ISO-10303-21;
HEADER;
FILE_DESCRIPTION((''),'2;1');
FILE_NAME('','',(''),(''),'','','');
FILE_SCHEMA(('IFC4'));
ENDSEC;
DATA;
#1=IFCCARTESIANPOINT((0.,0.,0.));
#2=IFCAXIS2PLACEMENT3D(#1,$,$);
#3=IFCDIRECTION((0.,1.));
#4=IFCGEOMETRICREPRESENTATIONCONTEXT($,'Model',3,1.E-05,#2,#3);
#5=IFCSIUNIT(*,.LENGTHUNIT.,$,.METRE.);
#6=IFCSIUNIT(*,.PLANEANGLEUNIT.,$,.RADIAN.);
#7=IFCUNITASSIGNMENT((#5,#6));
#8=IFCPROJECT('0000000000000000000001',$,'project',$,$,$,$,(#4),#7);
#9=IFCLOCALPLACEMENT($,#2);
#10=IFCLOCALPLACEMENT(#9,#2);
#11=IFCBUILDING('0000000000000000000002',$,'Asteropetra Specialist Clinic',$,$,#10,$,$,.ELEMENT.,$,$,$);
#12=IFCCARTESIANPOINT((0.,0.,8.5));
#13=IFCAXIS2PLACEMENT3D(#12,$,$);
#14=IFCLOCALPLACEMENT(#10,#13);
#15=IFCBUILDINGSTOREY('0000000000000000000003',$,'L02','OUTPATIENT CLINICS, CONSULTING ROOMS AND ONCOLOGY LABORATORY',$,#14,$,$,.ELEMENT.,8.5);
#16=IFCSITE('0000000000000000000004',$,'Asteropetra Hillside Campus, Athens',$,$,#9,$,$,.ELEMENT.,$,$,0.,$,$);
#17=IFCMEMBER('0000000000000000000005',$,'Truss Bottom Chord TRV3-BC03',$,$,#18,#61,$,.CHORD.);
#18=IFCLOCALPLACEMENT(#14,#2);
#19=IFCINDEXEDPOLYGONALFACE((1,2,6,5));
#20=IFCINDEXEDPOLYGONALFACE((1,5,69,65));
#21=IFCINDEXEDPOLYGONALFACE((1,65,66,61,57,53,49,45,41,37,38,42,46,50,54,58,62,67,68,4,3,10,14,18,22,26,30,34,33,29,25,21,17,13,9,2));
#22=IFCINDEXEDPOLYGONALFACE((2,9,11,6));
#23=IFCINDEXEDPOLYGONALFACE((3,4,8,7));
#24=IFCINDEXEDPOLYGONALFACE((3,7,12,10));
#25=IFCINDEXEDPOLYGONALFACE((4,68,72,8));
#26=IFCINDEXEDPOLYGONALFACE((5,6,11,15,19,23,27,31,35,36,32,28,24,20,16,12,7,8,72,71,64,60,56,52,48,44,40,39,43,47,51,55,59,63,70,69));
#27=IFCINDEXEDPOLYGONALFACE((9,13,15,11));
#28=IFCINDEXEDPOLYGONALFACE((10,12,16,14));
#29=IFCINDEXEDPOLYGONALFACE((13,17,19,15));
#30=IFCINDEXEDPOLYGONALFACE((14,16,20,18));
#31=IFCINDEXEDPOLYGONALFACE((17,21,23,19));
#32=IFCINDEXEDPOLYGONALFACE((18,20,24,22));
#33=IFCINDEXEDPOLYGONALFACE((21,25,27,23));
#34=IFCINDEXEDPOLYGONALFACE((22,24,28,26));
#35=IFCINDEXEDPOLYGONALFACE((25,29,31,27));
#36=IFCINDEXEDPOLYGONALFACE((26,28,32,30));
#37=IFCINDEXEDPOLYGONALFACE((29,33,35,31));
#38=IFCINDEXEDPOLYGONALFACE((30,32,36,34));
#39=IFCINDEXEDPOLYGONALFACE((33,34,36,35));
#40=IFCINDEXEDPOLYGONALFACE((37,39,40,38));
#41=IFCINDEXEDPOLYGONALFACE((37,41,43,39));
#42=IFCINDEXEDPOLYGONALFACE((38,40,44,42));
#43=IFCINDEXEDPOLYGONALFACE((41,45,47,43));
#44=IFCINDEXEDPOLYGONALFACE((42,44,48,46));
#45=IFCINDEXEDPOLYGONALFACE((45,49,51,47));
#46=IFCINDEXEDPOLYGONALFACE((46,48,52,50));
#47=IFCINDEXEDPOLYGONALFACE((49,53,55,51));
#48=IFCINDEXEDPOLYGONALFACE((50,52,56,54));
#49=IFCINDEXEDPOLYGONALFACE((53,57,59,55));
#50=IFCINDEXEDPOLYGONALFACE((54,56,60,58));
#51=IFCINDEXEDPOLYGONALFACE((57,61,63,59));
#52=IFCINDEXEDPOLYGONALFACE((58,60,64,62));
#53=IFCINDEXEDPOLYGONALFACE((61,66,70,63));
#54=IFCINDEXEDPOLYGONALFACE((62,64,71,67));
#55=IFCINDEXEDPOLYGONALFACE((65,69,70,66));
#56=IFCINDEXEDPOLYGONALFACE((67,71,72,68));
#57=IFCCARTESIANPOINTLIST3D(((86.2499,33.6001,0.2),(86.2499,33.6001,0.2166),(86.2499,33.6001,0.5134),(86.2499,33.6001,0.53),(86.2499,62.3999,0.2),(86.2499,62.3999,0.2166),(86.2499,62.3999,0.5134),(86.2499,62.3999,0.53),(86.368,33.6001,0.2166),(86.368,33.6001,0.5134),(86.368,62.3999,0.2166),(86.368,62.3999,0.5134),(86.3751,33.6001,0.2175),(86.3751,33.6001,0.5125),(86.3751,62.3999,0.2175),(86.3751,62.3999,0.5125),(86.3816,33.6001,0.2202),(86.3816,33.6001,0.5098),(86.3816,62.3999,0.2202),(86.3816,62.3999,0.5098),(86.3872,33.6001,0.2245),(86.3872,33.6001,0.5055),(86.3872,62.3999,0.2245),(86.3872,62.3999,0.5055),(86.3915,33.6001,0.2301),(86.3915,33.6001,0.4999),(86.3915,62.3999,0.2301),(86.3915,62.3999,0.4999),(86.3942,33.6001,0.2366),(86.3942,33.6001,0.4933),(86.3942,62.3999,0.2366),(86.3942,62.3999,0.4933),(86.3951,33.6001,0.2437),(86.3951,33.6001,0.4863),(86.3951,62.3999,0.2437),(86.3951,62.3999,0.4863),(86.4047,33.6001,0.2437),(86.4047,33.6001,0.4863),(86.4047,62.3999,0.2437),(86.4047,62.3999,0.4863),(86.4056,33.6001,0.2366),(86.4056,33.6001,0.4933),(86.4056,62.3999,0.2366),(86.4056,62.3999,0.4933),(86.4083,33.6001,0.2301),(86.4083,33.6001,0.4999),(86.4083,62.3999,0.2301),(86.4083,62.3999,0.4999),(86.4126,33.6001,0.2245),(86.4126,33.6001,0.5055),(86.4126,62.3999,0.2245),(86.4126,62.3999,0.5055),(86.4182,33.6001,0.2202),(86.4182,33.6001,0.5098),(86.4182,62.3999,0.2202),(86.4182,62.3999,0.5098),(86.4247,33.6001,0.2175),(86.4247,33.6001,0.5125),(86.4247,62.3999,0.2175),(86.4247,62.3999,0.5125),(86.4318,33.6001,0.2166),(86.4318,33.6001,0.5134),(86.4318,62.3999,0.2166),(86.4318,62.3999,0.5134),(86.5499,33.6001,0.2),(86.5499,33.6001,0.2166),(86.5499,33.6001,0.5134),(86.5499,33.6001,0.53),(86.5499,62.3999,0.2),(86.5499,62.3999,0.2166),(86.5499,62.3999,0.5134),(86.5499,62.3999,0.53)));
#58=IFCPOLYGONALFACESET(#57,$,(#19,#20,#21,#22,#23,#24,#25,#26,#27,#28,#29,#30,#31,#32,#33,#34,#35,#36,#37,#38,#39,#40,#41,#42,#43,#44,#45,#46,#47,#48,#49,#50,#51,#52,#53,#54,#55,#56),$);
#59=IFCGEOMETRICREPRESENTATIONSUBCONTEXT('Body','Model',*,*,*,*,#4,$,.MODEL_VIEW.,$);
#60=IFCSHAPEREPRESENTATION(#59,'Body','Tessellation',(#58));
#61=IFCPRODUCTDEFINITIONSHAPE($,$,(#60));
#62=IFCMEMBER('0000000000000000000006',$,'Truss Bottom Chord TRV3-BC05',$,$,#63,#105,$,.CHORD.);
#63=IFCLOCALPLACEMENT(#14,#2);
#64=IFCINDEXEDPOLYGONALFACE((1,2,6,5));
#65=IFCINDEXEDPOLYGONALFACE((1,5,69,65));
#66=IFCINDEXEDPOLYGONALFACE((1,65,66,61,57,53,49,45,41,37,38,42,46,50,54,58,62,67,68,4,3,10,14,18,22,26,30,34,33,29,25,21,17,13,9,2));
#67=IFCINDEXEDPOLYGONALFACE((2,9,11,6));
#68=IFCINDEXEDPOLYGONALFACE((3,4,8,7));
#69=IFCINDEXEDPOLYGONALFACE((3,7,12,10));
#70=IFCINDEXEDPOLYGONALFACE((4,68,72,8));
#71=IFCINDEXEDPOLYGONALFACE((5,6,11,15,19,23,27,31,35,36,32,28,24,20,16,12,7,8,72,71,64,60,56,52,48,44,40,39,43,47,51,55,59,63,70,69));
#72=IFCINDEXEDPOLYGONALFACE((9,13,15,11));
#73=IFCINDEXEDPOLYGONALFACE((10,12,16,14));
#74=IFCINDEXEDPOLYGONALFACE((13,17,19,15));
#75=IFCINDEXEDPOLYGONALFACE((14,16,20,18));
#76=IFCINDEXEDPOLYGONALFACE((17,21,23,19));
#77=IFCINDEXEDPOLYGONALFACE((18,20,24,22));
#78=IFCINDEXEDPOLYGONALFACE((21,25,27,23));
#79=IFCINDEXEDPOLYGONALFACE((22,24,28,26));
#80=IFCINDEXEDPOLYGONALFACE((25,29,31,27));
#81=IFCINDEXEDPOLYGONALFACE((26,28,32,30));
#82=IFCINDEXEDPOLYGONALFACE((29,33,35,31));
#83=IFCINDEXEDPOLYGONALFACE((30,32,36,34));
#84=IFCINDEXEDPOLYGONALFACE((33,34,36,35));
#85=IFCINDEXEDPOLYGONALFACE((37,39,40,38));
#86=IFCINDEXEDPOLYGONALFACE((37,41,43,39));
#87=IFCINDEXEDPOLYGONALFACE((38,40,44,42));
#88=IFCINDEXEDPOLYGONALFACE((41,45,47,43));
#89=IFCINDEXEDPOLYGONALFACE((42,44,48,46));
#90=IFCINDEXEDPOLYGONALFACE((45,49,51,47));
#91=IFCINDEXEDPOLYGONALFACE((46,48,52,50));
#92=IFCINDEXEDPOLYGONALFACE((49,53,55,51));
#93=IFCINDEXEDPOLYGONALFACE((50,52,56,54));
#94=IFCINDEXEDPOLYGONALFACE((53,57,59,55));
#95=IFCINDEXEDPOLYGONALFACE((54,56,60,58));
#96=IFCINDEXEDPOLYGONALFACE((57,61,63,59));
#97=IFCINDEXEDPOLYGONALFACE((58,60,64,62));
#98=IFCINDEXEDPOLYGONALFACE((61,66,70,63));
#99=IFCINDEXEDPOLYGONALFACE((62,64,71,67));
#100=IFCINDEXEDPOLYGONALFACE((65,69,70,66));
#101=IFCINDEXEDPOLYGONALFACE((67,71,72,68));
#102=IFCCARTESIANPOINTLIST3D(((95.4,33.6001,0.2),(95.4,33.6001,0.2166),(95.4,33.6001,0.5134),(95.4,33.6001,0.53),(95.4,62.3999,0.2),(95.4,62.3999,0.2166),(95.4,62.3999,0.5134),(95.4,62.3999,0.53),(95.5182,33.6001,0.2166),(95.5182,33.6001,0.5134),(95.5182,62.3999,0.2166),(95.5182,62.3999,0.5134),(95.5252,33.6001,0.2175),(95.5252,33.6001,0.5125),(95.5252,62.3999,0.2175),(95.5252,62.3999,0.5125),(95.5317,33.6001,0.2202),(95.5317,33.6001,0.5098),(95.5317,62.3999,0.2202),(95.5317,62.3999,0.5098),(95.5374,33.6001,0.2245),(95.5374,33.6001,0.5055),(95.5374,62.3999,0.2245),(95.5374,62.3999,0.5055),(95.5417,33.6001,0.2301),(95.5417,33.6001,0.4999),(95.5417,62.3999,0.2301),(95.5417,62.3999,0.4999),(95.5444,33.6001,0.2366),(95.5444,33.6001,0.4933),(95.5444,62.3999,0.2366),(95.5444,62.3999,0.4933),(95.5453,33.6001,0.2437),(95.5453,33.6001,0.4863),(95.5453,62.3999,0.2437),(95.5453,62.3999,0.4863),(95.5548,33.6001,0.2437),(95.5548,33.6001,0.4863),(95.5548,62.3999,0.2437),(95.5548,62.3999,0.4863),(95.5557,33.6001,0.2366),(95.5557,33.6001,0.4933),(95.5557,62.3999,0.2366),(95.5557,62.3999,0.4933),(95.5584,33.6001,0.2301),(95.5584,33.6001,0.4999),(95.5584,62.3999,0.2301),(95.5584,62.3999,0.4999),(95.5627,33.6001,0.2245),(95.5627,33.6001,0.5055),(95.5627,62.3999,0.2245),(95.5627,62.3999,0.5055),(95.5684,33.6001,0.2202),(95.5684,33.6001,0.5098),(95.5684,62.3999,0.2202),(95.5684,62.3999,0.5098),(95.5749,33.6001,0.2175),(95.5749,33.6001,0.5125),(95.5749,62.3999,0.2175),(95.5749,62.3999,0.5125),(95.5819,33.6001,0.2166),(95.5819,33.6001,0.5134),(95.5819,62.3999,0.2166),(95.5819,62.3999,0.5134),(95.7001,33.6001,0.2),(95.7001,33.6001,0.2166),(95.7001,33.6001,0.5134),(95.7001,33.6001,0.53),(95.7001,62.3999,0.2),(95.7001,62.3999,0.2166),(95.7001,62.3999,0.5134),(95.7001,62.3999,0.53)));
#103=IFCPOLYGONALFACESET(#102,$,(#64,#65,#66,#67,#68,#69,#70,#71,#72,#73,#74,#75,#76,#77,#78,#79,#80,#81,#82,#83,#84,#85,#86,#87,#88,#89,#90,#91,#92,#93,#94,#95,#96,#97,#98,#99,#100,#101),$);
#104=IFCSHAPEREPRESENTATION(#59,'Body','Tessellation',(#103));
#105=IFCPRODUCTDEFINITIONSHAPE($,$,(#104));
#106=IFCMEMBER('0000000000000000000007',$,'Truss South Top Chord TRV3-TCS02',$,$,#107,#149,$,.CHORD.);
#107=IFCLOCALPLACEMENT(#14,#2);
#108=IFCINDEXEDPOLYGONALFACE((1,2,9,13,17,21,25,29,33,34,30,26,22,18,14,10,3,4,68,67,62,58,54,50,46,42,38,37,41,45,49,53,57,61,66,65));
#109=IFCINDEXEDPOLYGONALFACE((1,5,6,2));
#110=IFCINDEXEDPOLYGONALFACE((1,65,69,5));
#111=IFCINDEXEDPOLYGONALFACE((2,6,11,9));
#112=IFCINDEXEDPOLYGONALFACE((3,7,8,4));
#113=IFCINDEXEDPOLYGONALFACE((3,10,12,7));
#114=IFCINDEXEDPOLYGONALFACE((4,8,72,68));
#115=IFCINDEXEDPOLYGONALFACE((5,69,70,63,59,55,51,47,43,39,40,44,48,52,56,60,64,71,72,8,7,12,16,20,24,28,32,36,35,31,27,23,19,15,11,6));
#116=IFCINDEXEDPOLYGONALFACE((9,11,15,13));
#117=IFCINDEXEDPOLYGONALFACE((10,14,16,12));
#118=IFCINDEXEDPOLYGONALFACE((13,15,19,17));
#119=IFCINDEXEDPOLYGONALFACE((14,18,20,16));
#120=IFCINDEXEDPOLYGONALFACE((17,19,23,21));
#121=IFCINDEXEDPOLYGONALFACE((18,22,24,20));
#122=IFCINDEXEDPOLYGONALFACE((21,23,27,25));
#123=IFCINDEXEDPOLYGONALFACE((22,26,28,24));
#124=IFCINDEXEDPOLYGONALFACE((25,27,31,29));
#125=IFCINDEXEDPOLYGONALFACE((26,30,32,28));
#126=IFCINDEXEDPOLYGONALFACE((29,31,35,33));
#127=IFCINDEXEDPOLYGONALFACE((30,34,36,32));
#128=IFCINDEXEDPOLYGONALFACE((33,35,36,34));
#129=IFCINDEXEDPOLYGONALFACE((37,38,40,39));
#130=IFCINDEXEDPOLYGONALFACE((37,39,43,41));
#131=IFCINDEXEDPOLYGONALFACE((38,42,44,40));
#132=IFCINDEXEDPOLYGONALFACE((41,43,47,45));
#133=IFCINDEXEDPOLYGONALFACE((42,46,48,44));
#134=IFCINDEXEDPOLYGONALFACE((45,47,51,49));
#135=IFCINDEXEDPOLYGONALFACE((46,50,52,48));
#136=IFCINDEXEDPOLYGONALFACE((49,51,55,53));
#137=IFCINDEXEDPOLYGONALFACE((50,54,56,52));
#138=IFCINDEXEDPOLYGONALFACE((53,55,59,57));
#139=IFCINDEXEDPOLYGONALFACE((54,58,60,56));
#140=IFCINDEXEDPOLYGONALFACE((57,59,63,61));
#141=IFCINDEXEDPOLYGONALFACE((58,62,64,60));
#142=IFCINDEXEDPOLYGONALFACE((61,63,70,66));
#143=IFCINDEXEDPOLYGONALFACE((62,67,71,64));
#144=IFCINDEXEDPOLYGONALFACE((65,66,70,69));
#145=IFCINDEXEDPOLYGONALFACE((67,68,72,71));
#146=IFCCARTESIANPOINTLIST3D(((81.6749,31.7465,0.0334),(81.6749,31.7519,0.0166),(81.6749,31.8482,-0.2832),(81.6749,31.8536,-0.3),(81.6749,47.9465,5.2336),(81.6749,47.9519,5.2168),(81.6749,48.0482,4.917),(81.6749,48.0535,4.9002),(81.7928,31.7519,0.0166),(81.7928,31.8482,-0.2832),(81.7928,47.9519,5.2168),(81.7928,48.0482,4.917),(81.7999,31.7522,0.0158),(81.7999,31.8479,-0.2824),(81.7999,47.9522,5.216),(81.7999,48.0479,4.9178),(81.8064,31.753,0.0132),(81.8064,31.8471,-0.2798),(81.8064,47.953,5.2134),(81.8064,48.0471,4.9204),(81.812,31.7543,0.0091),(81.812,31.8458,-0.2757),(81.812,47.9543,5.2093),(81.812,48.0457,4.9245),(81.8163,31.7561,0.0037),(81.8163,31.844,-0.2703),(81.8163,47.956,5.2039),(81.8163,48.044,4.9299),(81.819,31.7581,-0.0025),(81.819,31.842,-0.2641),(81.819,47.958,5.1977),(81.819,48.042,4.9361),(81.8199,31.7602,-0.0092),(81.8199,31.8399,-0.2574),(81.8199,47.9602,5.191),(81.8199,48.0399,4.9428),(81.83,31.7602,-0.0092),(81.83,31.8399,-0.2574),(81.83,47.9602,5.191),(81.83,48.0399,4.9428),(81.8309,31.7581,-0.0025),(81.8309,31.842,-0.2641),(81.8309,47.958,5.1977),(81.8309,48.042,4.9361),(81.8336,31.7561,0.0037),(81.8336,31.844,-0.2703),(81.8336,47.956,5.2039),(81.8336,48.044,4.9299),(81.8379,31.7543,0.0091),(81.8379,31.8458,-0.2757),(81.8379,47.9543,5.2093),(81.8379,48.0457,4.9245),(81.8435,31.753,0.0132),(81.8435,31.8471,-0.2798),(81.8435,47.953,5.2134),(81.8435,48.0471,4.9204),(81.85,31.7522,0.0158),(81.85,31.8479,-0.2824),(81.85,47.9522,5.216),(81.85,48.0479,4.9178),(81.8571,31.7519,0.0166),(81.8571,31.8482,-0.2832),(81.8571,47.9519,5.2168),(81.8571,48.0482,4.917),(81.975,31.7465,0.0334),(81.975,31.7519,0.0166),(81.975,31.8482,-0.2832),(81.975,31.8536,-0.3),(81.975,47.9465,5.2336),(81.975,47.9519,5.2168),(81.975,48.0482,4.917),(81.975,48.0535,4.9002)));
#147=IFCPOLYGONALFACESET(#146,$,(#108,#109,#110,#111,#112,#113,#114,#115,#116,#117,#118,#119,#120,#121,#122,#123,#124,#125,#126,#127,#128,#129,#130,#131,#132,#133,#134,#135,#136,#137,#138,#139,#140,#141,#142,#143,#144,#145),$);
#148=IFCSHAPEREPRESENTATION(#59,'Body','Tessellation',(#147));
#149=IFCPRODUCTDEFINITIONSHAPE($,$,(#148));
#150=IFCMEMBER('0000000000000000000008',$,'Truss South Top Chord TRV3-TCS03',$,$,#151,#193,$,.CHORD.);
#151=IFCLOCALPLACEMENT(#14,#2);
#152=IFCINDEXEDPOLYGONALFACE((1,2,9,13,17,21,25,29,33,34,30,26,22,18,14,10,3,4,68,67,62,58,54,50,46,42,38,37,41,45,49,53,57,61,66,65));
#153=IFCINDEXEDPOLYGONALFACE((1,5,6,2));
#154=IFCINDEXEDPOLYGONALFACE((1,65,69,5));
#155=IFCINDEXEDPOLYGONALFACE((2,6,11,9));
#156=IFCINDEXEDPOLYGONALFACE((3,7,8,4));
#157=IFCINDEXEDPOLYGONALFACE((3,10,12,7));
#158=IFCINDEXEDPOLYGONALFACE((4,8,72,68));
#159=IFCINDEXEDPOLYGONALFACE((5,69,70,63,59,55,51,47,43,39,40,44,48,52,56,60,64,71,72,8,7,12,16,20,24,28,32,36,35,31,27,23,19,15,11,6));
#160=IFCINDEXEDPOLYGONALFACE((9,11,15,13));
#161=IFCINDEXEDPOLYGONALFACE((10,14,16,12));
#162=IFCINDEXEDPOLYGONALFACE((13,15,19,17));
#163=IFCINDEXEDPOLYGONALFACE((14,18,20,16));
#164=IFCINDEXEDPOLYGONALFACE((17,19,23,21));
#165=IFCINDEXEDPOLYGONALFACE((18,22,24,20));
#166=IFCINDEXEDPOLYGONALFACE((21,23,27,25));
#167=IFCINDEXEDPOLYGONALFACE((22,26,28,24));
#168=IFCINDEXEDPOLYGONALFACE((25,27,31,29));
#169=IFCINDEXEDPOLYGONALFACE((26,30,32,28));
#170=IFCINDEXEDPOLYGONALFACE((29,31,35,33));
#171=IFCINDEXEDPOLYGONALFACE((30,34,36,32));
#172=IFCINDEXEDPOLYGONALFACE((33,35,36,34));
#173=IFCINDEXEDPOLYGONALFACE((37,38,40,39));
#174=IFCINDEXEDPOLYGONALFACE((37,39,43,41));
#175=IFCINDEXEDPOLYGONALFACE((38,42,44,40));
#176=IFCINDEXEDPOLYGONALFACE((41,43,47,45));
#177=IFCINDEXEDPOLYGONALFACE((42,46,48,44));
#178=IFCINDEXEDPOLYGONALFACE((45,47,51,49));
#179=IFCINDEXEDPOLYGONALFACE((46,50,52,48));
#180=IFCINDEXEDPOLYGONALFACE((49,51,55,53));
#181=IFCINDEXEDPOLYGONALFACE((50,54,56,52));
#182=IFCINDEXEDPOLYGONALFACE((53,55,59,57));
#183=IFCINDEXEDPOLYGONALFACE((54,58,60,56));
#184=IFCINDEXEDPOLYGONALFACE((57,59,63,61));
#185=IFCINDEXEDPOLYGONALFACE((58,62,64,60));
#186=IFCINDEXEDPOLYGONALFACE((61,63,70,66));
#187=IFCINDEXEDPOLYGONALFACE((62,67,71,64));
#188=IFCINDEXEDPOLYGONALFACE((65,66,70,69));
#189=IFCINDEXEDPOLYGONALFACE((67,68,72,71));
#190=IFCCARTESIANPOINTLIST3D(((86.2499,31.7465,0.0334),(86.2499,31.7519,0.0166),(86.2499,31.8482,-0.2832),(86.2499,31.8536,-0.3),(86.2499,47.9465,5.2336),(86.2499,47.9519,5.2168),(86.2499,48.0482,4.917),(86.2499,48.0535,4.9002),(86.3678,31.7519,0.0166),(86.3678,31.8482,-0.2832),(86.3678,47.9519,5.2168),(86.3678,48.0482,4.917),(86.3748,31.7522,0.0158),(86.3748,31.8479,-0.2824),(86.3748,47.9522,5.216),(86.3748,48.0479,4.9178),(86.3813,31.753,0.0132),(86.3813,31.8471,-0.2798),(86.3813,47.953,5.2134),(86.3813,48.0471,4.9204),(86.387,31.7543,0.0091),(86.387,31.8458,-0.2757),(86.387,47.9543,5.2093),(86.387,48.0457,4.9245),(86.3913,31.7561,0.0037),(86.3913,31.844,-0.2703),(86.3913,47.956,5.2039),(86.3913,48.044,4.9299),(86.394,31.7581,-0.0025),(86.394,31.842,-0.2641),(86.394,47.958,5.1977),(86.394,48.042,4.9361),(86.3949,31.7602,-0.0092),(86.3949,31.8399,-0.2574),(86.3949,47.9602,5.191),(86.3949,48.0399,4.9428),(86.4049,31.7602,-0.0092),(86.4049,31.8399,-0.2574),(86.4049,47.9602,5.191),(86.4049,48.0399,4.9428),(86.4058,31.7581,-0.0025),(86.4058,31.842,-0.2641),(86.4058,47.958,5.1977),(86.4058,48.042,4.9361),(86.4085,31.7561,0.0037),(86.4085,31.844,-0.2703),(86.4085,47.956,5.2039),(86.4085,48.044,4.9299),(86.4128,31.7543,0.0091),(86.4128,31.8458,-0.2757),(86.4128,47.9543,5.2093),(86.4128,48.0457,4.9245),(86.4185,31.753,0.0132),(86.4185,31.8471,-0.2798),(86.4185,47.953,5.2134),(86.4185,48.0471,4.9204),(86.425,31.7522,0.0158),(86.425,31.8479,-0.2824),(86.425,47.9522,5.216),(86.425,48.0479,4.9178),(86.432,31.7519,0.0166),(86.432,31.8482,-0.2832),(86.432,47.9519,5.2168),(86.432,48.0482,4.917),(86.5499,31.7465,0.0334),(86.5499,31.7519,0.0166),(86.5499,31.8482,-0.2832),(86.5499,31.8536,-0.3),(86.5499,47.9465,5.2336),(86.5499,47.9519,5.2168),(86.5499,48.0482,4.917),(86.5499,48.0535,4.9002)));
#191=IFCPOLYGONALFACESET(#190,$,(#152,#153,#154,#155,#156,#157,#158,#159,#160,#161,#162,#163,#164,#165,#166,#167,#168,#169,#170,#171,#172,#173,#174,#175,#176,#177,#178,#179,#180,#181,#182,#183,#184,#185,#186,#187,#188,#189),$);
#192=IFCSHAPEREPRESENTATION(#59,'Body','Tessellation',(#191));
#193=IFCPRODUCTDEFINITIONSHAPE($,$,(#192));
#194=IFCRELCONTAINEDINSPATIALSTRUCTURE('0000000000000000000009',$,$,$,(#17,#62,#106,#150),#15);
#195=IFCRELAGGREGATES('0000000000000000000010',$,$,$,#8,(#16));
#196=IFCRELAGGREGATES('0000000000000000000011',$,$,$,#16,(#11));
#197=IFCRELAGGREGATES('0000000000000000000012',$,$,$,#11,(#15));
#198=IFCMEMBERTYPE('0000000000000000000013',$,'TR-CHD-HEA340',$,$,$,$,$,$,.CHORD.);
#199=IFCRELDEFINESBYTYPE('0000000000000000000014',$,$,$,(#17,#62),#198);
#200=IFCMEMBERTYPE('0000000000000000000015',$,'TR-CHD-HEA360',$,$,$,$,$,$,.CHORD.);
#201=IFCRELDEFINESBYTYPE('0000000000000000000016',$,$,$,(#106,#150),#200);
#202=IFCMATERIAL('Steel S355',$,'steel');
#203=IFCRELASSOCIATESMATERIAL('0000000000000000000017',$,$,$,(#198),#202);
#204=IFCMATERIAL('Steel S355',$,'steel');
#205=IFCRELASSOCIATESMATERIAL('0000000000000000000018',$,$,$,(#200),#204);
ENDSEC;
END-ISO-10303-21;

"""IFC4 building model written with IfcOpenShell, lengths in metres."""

from ifc_helpers import new_model, si_unit, direction, frame, origin, origin_2d, place, context, subcontext, project, spatial, i_section, extrude, material, material_profile, profile_set, type_object, element, save


model = new_model("IFC4")

# Units and contexts
model_context = context("Model", 3, precision=1e-05, world=origin(), true_north=direction((0.0, 1.0)))
body_context = subcontext(model_context, "Body", "Model", "MODEL_VIEW")
ifc_project = project(units=[si_unit("LENGTHUNIT", "METRE"), si_unit("PLANEANGLEUNIT", "RADIAN")], contexts=[model_context])

# Site, building, storey
site_placement = place(None, origin())
site = spatial("IfcSite", under=ifc_project, at=site_placement, Name="Asteropetra Hillside Campus, Athens", CompositionType="ELEMENT", RefElevation=0.0)
building_placement = place(site_placement, origin())
building = spatial("IfcBuilding", under=site, at=building_placement, Name="Asteropetra Specialist Clinic", CompositionType="ELEMENT")
storey_placement = place(building_placement, frame((0.0, 0.0, 8.5)))
storey = spatial("IfcBuildingStorey", under=building, at=storey_placement, Name="L02", Description="OUTPATIENT CLINICS, CONSULTING ROOMS AND ONCOLOGY LABORATORY", CompositionType="ELEMENT", Elevation=8.5)

# Members
ifc_material_1 = material(Name="Steel S355", Category="steel")
ifc_material_profile_1 = material_profile(ifc_material_1, i_section(OverallWidth=0.3, OverallDepth=0.3301, WebThickness=0.0095, FlangeThickness=0.0166, FilletRadius=0.0271, at=origin_2d()), Name="HEA 340")
ifc_profile_set_1 = profile_set([ifc_material_profile_1], Name="Steel S355")
member_type_1 = type_object("IfcMemberType", Name="TR-CHD-HEA340", PredefinedType="CHORD", material=ifc_profile_set_1)
for number, where, z_axis, x_axis, name in (
    (1, (86.3999, 33.6001, 0.365), (0.0, 1.0, 0.0), (-1.0, 0.0, 0.0), "Truss Bottom Chord TRV3-BC03"),
    (2, (95.55, 33.6001, 0.365), (0.0, 1.0, 0.0), (-1.0, 0.0, 0.0), "Truss Bottom Chord TRV3-BC05"),
):
    element("IfcMember", number, at=place(storey_placement, frame(where, z_axis=z_axis, x_axis=x_axis)), inside=storey, type_object=member_type_1, Name=name, PredefinedType="CHORD", context=body_context, shape_type="SweptSolid", body=[
        extrude(i_section(OverallWidth=0.3, OverallDepth=0.3301, WebThickness=0.0095, FlangeThickness=0.0166, FilletRadius=0.0271, at=origin_2d()), origin(), (0.0, 0.0, 1.0), 28.7998),
    ])
ifc_material_2 = material(Name="Steel S355", Category="steel")
ifc_material_profile_2 = material_profile(ifc_material_2, i_section(OverallWidth=0.3, OverallDepth=0.3501, WebThickness=0.01, FlangeThickness=0.0176, FilletRadius=0.0271, at=origin_2d()), Name="HEA 360")
ifc_profile_set_2 = profile_set([ifc_material_profile_2], Name="Steel S355")
member_type_2 = type_object("IfcMemberType", Name="TR-CHD-HEA360", PredefinedType="CHORD", material=ifc_profile_set_2)
for number, where, z_axis, x_axis, name in (
    (3, (81.825, 31.8, -0.1333), (0.0, 0.952147, 0.30564), (-1.0, 0.0, 0.0), "Truss South Top Chord TRV3-TCS02"),
    (4, (86.3999, 31.8, -0.1333), (0.0, 0.952147, 0.30564), (-1.0, 0.0, 0.0), "Truss South Top Chord TRV3-TCS03"),
):
    element("IfcMember", number, at=place(storey_placement, frame(where, z_axis=z_axis, x_axis=x_axis)), inside=storey, type_object=member_type_2, Name=name, PredefinedType="CHORD", context=body_context, shape_type="SweptSolid", body=[
        extrude(i_section(OverallWidth=0.3, OverallDepth=0.3501, WebThickness=0.01, FlangeThickness=0.0176, FilletRadius=0.0271, at=origin_2d()), origin(), (0.0, 0.0, 1.0), 17.0142),
    ])

save(model, "model.ifc")
